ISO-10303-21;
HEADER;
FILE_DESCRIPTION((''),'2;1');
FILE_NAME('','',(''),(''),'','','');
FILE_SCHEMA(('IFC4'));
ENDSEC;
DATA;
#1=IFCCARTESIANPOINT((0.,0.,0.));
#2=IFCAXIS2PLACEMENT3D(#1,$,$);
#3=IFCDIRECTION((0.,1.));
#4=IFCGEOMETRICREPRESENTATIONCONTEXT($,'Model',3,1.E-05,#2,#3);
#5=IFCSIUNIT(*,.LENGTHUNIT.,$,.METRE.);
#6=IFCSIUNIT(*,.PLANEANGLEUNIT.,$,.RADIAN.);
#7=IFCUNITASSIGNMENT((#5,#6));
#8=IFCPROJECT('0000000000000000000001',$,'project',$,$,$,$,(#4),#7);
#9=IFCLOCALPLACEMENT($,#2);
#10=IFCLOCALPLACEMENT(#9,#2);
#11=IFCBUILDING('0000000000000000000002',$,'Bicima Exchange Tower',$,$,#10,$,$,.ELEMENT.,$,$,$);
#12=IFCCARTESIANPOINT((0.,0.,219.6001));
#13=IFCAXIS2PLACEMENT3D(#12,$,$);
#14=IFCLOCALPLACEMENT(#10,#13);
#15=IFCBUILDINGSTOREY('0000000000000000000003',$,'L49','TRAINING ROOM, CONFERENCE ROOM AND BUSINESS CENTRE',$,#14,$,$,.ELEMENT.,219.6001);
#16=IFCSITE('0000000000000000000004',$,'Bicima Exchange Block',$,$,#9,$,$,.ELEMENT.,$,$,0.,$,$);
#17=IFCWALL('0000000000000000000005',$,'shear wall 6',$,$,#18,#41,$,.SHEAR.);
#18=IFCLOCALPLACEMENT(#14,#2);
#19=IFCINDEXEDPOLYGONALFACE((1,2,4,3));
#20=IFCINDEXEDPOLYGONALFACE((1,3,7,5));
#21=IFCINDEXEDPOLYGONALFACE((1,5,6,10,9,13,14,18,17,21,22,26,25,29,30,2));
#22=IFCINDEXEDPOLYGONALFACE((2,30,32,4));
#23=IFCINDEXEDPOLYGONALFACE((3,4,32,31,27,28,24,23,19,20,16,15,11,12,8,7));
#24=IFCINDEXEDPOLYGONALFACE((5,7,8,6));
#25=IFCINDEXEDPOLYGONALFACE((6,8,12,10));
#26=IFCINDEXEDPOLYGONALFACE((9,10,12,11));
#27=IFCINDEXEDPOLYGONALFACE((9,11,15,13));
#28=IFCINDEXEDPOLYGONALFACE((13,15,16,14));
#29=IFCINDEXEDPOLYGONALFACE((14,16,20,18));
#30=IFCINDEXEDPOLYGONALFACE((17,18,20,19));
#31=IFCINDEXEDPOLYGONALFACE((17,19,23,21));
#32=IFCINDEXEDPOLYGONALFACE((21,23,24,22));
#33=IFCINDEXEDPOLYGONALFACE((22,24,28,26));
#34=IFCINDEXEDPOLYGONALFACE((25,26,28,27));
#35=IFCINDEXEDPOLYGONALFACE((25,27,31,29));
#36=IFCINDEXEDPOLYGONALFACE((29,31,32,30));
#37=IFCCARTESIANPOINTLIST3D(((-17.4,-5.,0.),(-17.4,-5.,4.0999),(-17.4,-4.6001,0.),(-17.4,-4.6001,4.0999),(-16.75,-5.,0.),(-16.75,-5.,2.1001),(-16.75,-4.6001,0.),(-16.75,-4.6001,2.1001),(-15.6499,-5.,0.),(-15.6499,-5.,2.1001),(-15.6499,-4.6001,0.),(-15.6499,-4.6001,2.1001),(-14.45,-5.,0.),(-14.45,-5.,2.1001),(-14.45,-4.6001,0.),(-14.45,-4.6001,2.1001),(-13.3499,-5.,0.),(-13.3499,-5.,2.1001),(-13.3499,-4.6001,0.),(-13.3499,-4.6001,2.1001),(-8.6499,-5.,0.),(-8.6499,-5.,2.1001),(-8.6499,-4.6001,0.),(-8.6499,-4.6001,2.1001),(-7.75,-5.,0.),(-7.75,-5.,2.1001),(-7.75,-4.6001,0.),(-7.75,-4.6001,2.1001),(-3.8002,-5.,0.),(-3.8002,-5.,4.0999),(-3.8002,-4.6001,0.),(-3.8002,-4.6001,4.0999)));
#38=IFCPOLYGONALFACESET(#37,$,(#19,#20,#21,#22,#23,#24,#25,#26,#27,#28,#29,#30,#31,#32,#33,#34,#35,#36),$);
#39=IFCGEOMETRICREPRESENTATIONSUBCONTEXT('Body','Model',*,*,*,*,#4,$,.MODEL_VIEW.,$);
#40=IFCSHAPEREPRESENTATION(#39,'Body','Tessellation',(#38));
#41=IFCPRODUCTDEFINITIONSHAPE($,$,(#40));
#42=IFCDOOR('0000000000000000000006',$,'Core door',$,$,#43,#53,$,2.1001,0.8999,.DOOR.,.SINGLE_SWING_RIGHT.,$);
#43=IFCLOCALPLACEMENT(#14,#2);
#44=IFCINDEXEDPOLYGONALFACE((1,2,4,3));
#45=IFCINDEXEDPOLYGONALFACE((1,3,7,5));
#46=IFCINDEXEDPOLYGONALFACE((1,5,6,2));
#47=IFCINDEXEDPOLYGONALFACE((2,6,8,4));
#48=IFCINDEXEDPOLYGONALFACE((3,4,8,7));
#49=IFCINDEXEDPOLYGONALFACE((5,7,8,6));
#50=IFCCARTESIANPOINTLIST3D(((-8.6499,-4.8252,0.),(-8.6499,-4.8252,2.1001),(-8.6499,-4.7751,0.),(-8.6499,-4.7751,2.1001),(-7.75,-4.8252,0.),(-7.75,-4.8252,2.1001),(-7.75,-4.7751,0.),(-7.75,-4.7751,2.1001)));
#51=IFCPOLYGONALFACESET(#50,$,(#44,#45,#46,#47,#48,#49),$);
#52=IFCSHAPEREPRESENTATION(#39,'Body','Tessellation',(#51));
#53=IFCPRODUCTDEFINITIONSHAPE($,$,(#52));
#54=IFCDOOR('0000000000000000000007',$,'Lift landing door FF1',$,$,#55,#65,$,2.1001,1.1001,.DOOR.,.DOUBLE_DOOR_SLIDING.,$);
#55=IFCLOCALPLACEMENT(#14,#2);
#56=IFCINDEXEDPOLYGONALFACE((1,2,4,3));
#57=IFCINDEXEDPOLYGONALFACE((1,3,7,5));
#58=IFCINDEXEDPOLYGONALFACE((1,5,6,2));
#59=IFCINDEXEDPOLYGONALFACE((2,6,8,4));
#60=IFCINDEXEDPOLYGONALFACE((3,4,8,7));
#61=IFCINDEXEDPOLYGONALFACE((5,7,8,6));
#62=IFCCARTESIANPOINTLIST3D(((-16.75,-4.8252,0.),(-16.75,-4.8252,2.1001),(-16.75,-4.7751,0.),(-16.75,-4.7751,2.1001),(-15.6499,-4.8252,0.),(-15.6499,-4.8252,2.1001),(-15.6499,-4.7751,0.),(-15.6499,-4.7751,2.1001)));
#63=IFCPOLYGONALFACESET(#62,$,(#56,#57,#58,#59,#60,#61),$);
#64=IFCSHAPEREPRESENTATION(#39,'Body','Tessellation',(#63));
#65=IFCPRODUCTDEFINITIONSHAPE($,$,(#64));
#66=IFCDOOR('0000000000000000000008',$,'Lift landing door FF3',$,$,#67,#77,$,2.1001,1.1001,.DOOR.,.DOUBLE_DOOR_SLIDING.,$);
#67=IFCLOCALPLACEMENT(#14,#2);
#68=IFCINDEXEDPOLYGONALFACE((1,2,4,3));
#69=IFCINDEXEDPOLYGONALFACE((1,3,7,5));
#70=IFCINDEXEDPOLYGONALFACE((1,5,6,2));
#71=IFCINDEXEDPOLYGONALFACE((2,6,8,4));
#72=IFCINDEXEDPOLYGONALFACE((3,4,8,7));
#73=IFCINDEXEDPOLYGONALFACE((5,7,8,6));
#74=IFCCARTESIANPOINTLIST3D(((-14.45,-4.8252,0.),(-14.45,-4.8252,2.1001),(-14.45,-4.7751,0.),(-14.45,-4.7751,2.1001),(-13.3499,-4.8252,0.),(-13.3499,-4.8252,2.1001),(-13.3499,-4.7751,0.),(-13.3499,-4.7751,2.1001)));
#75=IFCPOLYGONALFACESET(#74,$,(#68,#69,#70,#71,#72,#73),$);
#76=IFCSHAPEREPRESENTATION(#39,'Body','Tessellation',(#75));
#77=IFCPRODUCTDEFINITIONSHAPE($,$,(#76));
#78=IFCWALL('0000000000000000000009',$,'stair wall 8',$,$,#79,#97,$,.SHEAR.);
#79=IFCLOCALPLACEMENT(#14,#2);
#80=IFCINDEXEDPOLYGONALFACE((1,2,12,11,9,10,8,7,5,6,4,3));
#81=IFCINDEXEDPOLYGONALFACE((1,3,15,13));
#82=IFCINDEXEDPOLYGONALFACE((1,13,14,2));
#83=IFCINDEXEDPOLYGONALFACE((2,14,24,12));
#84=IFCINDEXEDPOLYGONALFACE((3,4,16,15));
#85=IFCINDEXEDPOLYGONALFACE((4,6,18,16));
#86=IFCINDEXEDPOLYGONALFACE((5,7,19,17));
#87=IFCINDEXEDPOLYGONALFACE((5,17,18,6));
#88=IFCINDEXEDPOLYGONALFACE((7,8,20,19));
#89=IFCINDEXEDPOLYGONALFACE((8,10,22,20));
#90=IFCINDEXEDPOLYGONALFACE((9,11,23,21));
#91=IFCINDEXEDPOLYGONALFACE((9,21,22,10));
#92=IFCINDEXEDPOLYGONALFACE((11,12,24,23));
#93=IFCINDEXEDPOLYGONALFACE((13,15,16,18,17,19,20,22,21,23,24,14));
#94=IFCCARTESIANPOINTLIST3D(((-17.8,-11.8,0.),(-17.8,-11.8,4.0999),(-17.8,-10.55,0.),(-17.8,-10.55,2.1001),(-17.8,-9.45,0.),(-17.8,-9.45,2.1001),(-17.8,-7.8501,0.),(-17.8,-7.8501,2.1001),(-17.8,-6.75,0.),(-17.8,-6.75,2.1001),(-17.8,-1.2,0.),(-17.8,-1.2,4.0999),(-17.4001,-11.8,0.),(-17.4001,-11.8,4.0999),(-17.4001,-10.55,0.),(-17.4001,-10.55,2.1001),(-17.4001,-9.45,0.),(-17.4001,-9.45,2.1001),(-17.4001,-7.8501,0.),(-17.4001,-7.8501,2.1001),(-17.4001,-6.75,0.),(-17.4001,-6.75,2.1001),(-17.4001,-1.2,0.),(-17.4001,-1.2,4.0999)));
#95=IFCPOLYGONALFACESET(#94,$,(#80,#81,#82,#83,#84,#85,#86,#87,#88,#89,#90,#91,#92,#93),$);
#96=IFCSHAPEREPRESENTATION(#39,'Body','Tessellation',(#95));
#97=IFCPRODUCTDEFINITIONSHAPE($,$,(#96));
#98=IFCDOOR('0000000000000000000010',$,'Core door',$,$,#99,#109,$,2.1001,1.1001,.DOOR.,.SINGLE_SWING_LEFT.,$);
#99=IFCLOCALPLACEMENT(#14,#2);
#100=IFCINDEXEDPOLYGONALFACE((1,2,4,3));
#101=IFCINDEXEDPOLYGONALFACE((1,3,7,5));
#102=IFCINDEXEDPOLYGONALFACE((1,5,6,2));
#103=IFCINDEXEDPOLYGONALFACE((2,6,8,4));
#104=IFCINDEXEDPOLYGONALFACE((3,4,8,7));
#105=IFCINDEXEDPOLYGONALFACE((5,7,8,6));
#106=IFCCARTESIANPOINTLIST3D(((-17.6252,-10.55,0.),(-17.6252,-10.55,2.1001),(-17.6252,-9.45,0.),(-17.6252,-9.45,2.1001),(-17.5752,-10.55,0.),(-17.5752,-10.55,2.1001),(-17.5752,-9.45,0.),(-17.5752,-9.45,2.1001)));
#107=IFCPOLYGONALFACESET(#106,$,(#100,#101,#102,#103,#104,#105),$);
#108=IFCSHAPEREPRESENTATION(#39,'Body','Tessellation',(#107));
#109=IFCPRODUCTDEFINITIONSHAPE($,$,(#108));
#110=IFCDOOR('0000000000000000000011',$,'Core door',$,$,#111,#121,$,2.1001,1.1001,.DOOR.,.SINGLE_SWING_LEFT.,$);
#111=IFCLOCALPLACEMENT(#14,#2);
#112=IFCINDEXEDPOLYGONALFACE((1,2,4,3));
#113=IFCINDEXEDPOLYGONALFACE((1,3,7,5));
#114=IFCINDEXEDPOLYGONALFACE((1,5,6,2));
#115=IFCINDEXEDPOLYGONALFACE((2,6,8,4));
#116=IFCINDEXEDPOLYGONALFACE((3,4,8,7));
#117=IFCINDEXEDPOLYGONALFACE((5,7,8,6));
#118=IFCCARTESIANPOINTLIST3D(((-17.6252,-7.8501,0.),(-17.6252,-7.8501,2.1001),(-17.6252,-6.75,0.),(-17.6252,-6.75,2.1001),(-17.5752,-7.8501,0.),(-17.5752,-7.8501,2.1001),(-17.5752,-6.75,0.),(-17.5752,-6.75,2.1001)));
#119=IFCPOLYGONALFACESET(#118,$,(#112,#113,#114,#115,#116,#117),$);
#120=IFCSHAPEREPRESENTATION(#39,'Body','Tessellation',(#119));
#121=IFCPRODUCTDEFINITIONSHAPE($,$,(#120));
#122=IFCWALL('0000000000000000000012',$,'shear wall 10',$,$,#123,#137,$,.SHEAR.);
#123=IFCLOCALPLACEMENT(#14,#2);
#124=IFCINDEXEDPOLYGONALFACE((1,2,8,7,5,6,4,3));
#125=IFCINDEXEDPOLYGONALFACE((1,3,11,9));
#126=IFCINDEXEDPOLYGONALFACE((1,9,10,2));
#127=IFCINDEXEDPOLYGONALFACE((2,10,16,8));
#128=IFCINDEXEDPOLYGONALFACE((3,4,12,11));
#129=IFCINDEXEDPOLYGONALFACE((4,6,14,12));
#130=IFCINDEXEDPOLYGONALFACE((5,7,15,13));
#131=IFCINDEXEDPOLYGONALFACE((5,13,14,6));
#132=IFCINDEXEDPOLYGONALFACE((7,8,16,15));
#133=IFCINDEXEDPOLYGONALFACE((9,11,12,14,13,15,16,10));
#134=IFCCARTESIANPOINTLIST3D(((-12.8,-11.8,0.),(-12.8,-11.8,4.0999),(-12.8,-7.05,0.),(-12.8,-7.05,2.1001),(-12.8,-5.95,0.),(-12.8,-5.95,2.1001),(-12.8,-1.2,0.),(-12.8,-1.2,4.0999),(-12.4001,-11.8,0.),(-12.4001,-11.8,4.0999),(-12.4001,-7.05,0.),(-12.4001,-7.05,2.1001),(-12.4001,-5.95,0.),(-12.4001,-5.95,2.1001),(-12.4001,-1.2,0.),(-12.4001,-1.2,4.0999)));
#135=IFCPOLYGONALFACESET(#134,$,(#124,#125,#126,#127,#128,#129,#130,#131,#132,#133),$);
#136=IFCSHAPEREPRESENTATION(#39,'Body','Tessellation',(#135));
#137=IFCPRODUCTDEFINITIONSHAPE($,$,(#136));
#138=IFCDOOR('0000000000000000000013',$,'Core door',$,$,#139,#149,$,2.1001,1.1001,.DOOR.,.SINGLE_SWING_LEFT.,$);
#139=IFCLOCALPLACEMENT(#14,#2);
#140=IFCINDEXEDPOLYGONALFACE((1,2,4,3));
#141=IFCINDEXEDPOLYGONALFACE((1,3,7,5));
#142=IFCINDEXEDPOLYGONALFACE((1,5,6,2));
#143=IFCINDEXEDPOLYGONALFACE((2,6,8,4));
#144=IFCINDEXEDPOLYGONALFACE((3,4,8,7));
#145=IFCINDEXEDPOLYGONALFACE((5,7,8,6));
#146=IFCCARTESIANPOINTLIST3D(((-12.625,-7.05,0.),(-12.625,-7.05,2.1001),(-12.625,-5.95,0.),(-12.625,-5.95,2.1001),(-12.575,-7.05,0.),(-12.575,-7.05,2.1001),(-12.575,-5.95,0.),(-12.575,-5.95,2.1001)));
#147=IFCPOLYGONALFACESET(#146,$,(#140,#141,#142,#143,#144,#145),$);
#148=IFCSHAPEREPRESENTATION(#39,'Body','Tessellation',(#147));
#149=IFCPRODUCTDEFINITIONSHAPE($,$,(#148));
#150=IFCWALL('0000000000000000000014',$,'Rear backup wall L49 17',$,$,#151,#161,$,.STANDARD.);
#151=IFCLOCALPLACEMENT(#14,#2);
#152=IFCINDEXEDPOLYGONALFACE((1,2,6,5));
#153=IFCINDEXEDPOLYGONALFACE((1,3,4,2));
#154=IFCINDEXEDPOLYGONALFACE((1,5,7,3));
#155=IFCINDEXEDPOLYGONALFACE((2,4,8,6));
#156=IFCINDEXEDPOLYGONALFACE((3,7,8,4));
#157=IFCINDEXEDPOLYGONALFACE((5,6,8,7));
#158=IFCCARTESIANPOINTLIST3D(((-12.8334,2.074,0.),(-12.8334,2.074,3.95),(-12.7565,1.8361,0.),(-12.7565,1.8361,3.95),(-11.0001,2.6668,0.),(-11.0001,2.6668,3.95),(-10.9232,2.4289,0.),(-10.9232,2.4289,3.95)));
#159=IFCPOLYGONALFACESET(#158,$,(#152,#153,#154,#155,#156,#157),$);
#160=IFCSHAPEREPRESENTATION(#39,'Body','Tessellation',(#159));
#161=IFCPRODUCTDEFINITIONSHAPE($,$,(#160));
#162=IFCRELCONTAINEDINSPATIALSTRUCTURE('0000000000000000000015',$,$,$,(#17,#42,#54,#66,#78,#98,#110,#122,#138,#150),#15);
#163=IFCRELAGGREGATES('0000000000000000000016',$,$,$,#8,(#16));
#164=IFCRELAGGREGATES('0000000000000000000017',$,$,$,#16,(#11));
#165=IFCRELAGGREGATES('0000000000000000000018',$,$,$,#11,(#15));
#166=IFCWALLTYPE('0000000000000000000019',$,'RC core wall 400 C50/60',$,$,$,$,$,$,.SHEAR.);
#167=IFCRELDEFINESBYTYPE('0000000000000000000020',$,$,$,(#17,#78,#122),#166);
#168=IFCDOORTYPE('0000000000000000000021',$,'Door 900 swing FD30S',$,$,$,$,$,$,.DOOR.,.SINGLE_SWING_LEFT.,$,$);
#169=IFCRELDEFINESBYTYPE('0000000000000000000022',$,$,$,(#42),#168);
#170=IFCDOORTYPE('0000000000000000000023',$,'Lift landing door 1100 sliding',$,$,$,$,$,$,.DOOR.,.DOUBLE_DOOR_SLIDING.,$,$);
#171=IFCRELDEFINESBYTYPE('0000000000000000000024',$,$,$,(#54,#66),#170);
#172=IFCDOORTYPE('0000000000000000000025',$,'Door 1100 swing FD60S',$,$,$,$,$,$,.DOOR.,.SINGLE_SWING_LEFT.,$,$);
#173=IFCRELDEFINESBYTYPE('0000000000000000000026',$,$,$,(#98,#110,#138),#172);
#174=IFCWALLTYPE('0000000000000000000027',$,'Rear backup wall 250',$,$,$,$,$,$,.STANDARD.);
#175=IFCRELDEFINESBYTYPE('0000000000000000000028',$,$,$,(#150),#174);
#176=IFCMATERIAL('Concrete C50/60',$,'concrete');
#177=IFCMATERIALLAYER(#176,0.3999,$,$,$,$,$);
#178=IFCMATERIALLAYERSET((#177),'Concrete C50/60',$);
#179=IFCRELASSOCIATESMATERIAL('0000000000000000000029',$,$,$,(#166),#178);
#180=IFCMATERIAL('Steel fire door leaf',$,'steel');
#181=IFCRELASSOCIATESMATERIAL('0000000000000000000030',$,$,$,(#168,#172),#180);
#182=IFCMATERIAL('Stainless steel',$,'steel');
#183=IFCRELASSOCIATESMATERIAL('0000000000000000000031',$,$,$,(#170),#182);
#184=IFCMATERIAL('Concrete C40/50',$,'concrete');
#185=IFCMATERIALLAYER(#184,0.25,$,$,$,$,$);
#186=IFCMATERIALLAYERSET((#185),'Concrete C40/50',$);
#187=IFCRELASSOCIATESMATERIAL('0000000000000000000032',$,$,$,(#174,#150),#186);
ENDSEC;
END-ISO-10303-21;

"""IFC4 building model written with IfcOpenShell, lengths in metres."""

from ifc_helpers import new_model, si_unit, direction, frame, frame_2d, origin, place, context, subcontext, project, spatial, rectangle, extrude, material, layer, layer_set, layer_usage, type_object, element, fill, save


model = new_model("IFC4")

# Units and contexts
model_context = context("Model", 3, precision=1e-05, world=origin(), true_north=direction((0.0, 1.0)))
body_context = subcontext(model_context, "Body", "Model", "MODEL_VIEW")
ifc_project = project(units=[si_unit("LENGTHUNIT", "METRE"), si_unit("PLANEANGLEUNIT", "RADIAN")], contexts=[model_context])

# Site, building, storey
site_placement = place(None, origin())
site = spatial("IfcSite", under=ifc_project, at=site_placement, Name="Bicima Exchange Block", CompositionType="ELEMENT", RefElevation=0.0)
building_placement = place(site_placement, origin())
building = spatial("IfcBuilding", under=site, at=building_placement, Name="Bicima Exchange Tower", CompositionType="ELEMENT")
storey_placement = place(building_placement, frame((0.0, 0.0, 219.6001)))
storey = spatial("IfcBuildingStorey", under=building, at=storey_placement, Name="L49", Description="TRAINING ROOM, CONFERENCE ROOM AND BUSINESS CENTRE", CompositionType="ELEMENT", Elevation=219.6001)

# Walls, openings, doors
ifc_material_1 = material(Name="Concrete C50/60", Category="concrete")
ifc_layer_1 = layer(ifc_material_1, 0.3999)
ifc_layer_set_1 = layer_set([ifc_layer_1], Name="Concrete C50/60")
wall_type_1 = type_object("IfcWallType", Name="RC core wall 400 C50/60", PredefinedType="SHEAR", material=ifc_layer_set_1)
ifc_material_2 = material(Name="Steel fire door leaf", Category="steel")
door_type_1 = type_object("IfcDoorType", Name="Door 900 swing FD30S", OperationType="SINGLE_SWING_LEFT", PredefinedType="DOOR", material=ifc_material_2)
ifc_material_3 = material(Name="Stainless steel", Category="steel")
wall_1_placement = place(storey_placement, frame((-17.3999, -4.8, 0.0), z_axis=(0.0, 0.0, 1.0), x_axis=(1.0, 0.0, 0.0)))
wall_1 = element("IfcWall", 1, at=wall_1_placement, inside=storey, type_object=wall_type_1, Name="shear wall 6", PredefinedType="SHEAR", context=body_context, shape_type="SweptSolid", body=[
    extrude(rectangle(XDim=13.5999, YDim=0.3999, at=frame_2d((6.7998, 0.0))), origin(), (0.0, 0.0, 1.0), 4.0999),
])
opening_1_placement = place(wall_1_placement, frame((0.6499, 0.0, 0.0)))
opening_1 = element("IfcOpeningElement", 2, at=opening_1_placement, cuts=wall_1, PredefinedType="OPENING", context=body_context, shape_type="SweptSolid", body=[
    extrude(rectangle(XDim=1.1001, YDim=2.1001, at=frame_2d((0.55, 1.05))), frame((0.0, 0.2119, 0.0), z_axis=(0.0, -1.0, 0.0), x_axis=(1.0, 0.0, 0.0)), (0.0, 0.0, 1.0), 0.4238),
])
opening_2_placement = place(wall_1_placement, frame((2.95, 0.0, 0.0)))
opening_2 = element("IfcOpeningElement", 3, at=opening_2_placement, cuts=wall_1, PredefinedType="OPENING", context=body_context, shape_type="SweptSolid", body=[
    extrude(rectangle(XDim=1.1001, YDim=2.1001, at=frame_2d((0.55, 1.05))), frame((0.0, 0.2119, 0.0), z_axis=(0.0, -1.0, 0.0), x_axis=(1.0, 0.0, 0.0)), (0.0, 0.0, 1.0), 0.4238),
])
opening_3_placement = place(wall_1_placement, frame((8.75, 0.0, 0.0)))
opening_3 = element("IfcOpeningElement", 4, at=opening_3_placement, cuts=wall_1, PredefinedType="OPENING", context=body_context, shape_type="SweptSolid", body=[
    extrude(rectangle(XDim=0.8999, YDim=2.1001, at=frame_2d((0.45, 1.05))), frame((0.0, 0.2119, 0.0), z_axis=(0.0, -1.0, 0.0), x_axis=(1.0, 0.0, 0.0)), (0.0, 0.0, 1.0), 0.4238),
])
door_1_placement = place(opening_3_placement, origin())
door_1 = element("IfcDoor", 5, at=door_1_placement, inside=storey, type_object=door_type_1, Name="Core door", OperationType="SINGLE_SWING_RIGHT", OverallHeight=2.1001, OverallWidth=0.8999, PredefinedType="DOOR", context=body_context, shape_type="SweptSolid", body=[
    extrude(rectangle(XDim=0.8999, YDim=2.1001, at=frame_2d((0.45, 1.05))), frame((0.0, 0.0249, 0.0), z_axis=(0.0, -1.0, 0.0), x_axis=(1.0, 0.0, 0.0)), (0.0, 0.0, 1.0), 0.05),
])
fill(opening_3, door_1)
door_type_2 = type_object("IfcDoorType", Name="Lift landing door 1100 sliding", OperationType="DOUBLE_DOOR_SLIDING", PredefinedType="DOOR", material=ifc_material_3)
door_2_placement = place(opening_1_placement, origin())
door_2 = element("IfcDoor", 6, at=door_2_placement, inside=storey, type_object=door_type_2, Name="Lift landing door FF1", OperationType="DOUBLE_DOOR_SLIDING", OverallHeight=2.1001, OverallWidth=1.1001, PredefinedType="DOOR", context=body_context, shape_type="SweptSolid", body=[
    extrude(rectangle(XDim=1.1001, YDim=2.1001, at=frame_2d((0.55, 1.05))), frame((0.0, 0.0249, 0.0), z_axis=(0.0, -1.0, 0.0), x_axis=(1.0, 0.0, 0.0)), (0.0, 0.0, 1.0), 0.05),
])
fill(opening_1, door_2)
door_3_placement = place(opening_2_placement, origin())
door_3 = element("IfcDoor", 7, at=door_3_placement, inside=storey, type_object=door_type_2, Name="Lift landing door FF3", OperationType="DOUBLE_DOOR_SLIDING", OverallHeight=2.1001, OverallWidth=1.1001, PredefinedType="DOOR", context=body_context, shape_type="SweptSolid", body=[
    extrude(rectangle(XDim=1.1001, YDim=2.1001, at=frame_2d((0.55, 1.05))), frame((0.0, 0.0249, 0.0), z_axis=(0.0, -1.0, 0.0), x_axis=(1.0, 0.0, 0.0)), (0.0, 0.0, 1.0), 0.05),
])
fill(opening_2, door_3)
wall_2_placement = place(storey_placement, frame((-17.6001, -11.8, 0.0), z_axis=(0.0, 0.0, 1.0), x_axis=(0.0, 1.0, 0.0)))
wall_2 = element("IfcWall", 8, at=wall_2_placement, inside=storey, type_object=wall_type_1, Name="stair wall 8", PredefinedType="SHEAR", context=body_context, shape_type="SweptSolid", body=[
    extrude(rectangle(XDim=10.6001, YDim=0.3999, at=frame_2d((5.3, 0.0))), origin(), (0.0, 0.0, 1.0), 4.0999),
])
opening_4_placement = place(wall_2_placement, frame((1.25, 0.0, 0.0)))
opening_4 = element("IfcOpeningElement", 9, at=opening_4_placement, cuts=wall_2, PredefinedType="OPENING", context=body_context, shape_type="SweptSolid", body=[
    extrude(rectangle(XDim=1.1001, YDim=2.1001, at=frame_2d((0.55, 1.05))), frame((0.0, 0.2119, 0.0), z_axis=(0.0, -1.0, 0.0), x_axis=(1.0, 0.0, 0.0)), (0.0, 0.0, 1.0), 0.4238),
])
opening_5_placement = place(wall_2_placement, frame((3.95, 0.0, 0.0)))
opening_5 = element("IfcOpeningElement", 10, at=opening_5_placement, cuts=wall_2, PredefinedType="OPENING", context=body_context, shape_type="SweptSolid", body=[
    extrude(rectangle(XDim=1.1001, YDim=2.1001, at=frame_2d((0.55, 1.05))), frame((0.0, 0.2119, 0.0), z_axis=(0.0, -1.0, 0.0), x_axis=(1.0, 0.0, 0.0)), (0.0, 0.0, 1.0), 0.4238),
])
door_type_3 = type_object("IfcDoorType", Name="Door 1100 swing FD60S", OperationType="SINGLE_SWING_LEFT", PredefinedType="DOOR", material=ifc_material_2)
door_4_placement = place(opening_4_placement, frame((1.1001, 0.0, 0.0), z_axis=(0.0, 0.0, 1.0), x_axis=(-1.0, 0.0, 0.0)))
door_4 = element("IfcDoor", 11, at=door_4_placement, inside=storey, type_object=door_type_3, Name="Core door", OperationType="SINGLE_SWING_LEFT", OverallHeight=2.1001, OverallWidth=1.1001, PredefinedType="DOOR", context=body_context, shape_type="SweptSolid", body=[
    extrude(rectangle(XDim=1.1001, YDim=2.1001, at=frame_2d((0.55, 1.05))), frame((0.0, 0.0249, 0.0), z_axis=(0.0, -1.0, 0.0), x_axis=(1.0, 0.0, 0.0)), (0.0, 0.0, 1.0), 0.05),
])
fill(opening_4, door_4)
door_5_placement = place(opening_5_placement, frame((1.1001, 0.0, 0.0), z_axis=(0.0, 0.0, 1.0), x_axis=(-1.0, 0.0, 0.0)))
door_5 = element("IfcDoor", 12, at=door_5_placement, inside=storey, type_object=door_type_3, Name="Core door", OperationType="SINGLE_SWING_LEFT", OverallHeight=2.1001, OverallWidth=1.1001, PredefinedType="DOOR", context=body_context, shape_type="SweptSolid", body=[
    extrude(rectangle(XDim=1.1001, YDim=2.1001, at=frame_2d((0.55, 1.05))), frame((0.0, 0.0249, 0.0), z_axis=(0.0, -1.0, 0.0), x_axis=(1.0, 0.0, 0.0)), (0.0, 0.0, 1.0), 0.05),
])
fill(opening_5, door_5)

# Wall, opening, door
wall_3_placement = place(storey_placement, frame((-12.6001, -11.8, 0.0), z_axis=(0.0, 0.0, 1.0), x_axis=(0.0, 1.0, 0.0)))
wall_3 = element("IfcWall", 13, at=wall_3_placement, inside=storey, type_object=wall_type_1, Name="shear wall 10", PredefinedType="SHEAR", context=body_context, shape_type="SweptSolid", body=[
    extrude(rectangle(XDim=10.6001, YDim=0.3999, at=frame_2d((5.3, 0.0))), origin(), (0.0, 0.0, 1.0), 4.0999),
])
opening_6_placement = place(wall_3_placement, frame((4.75, 0.0, 0.0)))
opening_6 = element("IfcOpeningElement", 14, at=opening_6_placement, cuts=wall_3, PredefinedType="OPENING", context=body_context, shape_type="SweptSolid", body=[
    extrude(rectangle(XDim=1.1001, YDim=2.1001, at=frame_2d((0.55, 1.05))), frame((0.0, 0.2119, 0.0), z_axis=(0.0, -1.0, 0.0), x_axis=(1.0, 0.0, 0.0)), (0.0, 0.0, 1.0), 0.4238),
])
door_6_placement = place(opening_6_placement, origin())
door_6 = element("IfcDoor", 15, at=door_6_placement, inside=storey, type_object=door_type_3, Name="Core door", OperationType="SINGLE_SWING_LEFT", OverallHeight=2.1001, OverallWidth=1.1001, PredefinedType="DOOR", context=body_context, shape_type="SweptSolid", body=[
    extrude(rectangle(XDim=1.1001, YDim=2.1001, at=frame_2d((0.55, 1.05))), frame((0.0, 0.0249, 0.0), z_axis=(0.0, -1.0, 0.0), x_axis=(1.0, 0.0, 0.0)), (0.0, 0.0, 1.0), 0.05),
])
fill(opening_6, door_6)

# Wall
ifc_material_4 = material(Name="Concrete C40/50", Category="concrete")
ifc_layer_2 = layer(ifc_material_4, 0.25)
ifc_layer_set_2 = layer_set([ifc_layer_2], Name="Concrete C40/50")
ifc_layer_usage = layer_usage(ifc_layer_set_2, "AXIS2", "POSITIVE", -0.125)
wall_type_2 = type_object("IfcWallType", Name="Rear backup wall 250", PredefinedType="STANDARD", material=ifc_layer_set_2)
wall_4_placement = place(storey_placement, frame((-10.9617, 2.5479, 0.0), z_axis=(0.0, 0.0, 1.0), x_axis=(-0.951496, -0.307662, 0.0)))
element("IfcWall", 16, at=wall_4_placement, inside=storey, type_object=wall_type_2, material=ifc_layer_usage, Name="Rear backup wall L49 17", PredefinedType="STANDARD", context=body_context, shape_type="SweptSolid", body=[
    extrude(rectangle(XDim=1.9268, YDim=0.25, at=frame_2d((0.9634, 0.0))), origin(), (0.0, 0.0, 1.0), 3.95),
])

save(model, "model.ifc")
